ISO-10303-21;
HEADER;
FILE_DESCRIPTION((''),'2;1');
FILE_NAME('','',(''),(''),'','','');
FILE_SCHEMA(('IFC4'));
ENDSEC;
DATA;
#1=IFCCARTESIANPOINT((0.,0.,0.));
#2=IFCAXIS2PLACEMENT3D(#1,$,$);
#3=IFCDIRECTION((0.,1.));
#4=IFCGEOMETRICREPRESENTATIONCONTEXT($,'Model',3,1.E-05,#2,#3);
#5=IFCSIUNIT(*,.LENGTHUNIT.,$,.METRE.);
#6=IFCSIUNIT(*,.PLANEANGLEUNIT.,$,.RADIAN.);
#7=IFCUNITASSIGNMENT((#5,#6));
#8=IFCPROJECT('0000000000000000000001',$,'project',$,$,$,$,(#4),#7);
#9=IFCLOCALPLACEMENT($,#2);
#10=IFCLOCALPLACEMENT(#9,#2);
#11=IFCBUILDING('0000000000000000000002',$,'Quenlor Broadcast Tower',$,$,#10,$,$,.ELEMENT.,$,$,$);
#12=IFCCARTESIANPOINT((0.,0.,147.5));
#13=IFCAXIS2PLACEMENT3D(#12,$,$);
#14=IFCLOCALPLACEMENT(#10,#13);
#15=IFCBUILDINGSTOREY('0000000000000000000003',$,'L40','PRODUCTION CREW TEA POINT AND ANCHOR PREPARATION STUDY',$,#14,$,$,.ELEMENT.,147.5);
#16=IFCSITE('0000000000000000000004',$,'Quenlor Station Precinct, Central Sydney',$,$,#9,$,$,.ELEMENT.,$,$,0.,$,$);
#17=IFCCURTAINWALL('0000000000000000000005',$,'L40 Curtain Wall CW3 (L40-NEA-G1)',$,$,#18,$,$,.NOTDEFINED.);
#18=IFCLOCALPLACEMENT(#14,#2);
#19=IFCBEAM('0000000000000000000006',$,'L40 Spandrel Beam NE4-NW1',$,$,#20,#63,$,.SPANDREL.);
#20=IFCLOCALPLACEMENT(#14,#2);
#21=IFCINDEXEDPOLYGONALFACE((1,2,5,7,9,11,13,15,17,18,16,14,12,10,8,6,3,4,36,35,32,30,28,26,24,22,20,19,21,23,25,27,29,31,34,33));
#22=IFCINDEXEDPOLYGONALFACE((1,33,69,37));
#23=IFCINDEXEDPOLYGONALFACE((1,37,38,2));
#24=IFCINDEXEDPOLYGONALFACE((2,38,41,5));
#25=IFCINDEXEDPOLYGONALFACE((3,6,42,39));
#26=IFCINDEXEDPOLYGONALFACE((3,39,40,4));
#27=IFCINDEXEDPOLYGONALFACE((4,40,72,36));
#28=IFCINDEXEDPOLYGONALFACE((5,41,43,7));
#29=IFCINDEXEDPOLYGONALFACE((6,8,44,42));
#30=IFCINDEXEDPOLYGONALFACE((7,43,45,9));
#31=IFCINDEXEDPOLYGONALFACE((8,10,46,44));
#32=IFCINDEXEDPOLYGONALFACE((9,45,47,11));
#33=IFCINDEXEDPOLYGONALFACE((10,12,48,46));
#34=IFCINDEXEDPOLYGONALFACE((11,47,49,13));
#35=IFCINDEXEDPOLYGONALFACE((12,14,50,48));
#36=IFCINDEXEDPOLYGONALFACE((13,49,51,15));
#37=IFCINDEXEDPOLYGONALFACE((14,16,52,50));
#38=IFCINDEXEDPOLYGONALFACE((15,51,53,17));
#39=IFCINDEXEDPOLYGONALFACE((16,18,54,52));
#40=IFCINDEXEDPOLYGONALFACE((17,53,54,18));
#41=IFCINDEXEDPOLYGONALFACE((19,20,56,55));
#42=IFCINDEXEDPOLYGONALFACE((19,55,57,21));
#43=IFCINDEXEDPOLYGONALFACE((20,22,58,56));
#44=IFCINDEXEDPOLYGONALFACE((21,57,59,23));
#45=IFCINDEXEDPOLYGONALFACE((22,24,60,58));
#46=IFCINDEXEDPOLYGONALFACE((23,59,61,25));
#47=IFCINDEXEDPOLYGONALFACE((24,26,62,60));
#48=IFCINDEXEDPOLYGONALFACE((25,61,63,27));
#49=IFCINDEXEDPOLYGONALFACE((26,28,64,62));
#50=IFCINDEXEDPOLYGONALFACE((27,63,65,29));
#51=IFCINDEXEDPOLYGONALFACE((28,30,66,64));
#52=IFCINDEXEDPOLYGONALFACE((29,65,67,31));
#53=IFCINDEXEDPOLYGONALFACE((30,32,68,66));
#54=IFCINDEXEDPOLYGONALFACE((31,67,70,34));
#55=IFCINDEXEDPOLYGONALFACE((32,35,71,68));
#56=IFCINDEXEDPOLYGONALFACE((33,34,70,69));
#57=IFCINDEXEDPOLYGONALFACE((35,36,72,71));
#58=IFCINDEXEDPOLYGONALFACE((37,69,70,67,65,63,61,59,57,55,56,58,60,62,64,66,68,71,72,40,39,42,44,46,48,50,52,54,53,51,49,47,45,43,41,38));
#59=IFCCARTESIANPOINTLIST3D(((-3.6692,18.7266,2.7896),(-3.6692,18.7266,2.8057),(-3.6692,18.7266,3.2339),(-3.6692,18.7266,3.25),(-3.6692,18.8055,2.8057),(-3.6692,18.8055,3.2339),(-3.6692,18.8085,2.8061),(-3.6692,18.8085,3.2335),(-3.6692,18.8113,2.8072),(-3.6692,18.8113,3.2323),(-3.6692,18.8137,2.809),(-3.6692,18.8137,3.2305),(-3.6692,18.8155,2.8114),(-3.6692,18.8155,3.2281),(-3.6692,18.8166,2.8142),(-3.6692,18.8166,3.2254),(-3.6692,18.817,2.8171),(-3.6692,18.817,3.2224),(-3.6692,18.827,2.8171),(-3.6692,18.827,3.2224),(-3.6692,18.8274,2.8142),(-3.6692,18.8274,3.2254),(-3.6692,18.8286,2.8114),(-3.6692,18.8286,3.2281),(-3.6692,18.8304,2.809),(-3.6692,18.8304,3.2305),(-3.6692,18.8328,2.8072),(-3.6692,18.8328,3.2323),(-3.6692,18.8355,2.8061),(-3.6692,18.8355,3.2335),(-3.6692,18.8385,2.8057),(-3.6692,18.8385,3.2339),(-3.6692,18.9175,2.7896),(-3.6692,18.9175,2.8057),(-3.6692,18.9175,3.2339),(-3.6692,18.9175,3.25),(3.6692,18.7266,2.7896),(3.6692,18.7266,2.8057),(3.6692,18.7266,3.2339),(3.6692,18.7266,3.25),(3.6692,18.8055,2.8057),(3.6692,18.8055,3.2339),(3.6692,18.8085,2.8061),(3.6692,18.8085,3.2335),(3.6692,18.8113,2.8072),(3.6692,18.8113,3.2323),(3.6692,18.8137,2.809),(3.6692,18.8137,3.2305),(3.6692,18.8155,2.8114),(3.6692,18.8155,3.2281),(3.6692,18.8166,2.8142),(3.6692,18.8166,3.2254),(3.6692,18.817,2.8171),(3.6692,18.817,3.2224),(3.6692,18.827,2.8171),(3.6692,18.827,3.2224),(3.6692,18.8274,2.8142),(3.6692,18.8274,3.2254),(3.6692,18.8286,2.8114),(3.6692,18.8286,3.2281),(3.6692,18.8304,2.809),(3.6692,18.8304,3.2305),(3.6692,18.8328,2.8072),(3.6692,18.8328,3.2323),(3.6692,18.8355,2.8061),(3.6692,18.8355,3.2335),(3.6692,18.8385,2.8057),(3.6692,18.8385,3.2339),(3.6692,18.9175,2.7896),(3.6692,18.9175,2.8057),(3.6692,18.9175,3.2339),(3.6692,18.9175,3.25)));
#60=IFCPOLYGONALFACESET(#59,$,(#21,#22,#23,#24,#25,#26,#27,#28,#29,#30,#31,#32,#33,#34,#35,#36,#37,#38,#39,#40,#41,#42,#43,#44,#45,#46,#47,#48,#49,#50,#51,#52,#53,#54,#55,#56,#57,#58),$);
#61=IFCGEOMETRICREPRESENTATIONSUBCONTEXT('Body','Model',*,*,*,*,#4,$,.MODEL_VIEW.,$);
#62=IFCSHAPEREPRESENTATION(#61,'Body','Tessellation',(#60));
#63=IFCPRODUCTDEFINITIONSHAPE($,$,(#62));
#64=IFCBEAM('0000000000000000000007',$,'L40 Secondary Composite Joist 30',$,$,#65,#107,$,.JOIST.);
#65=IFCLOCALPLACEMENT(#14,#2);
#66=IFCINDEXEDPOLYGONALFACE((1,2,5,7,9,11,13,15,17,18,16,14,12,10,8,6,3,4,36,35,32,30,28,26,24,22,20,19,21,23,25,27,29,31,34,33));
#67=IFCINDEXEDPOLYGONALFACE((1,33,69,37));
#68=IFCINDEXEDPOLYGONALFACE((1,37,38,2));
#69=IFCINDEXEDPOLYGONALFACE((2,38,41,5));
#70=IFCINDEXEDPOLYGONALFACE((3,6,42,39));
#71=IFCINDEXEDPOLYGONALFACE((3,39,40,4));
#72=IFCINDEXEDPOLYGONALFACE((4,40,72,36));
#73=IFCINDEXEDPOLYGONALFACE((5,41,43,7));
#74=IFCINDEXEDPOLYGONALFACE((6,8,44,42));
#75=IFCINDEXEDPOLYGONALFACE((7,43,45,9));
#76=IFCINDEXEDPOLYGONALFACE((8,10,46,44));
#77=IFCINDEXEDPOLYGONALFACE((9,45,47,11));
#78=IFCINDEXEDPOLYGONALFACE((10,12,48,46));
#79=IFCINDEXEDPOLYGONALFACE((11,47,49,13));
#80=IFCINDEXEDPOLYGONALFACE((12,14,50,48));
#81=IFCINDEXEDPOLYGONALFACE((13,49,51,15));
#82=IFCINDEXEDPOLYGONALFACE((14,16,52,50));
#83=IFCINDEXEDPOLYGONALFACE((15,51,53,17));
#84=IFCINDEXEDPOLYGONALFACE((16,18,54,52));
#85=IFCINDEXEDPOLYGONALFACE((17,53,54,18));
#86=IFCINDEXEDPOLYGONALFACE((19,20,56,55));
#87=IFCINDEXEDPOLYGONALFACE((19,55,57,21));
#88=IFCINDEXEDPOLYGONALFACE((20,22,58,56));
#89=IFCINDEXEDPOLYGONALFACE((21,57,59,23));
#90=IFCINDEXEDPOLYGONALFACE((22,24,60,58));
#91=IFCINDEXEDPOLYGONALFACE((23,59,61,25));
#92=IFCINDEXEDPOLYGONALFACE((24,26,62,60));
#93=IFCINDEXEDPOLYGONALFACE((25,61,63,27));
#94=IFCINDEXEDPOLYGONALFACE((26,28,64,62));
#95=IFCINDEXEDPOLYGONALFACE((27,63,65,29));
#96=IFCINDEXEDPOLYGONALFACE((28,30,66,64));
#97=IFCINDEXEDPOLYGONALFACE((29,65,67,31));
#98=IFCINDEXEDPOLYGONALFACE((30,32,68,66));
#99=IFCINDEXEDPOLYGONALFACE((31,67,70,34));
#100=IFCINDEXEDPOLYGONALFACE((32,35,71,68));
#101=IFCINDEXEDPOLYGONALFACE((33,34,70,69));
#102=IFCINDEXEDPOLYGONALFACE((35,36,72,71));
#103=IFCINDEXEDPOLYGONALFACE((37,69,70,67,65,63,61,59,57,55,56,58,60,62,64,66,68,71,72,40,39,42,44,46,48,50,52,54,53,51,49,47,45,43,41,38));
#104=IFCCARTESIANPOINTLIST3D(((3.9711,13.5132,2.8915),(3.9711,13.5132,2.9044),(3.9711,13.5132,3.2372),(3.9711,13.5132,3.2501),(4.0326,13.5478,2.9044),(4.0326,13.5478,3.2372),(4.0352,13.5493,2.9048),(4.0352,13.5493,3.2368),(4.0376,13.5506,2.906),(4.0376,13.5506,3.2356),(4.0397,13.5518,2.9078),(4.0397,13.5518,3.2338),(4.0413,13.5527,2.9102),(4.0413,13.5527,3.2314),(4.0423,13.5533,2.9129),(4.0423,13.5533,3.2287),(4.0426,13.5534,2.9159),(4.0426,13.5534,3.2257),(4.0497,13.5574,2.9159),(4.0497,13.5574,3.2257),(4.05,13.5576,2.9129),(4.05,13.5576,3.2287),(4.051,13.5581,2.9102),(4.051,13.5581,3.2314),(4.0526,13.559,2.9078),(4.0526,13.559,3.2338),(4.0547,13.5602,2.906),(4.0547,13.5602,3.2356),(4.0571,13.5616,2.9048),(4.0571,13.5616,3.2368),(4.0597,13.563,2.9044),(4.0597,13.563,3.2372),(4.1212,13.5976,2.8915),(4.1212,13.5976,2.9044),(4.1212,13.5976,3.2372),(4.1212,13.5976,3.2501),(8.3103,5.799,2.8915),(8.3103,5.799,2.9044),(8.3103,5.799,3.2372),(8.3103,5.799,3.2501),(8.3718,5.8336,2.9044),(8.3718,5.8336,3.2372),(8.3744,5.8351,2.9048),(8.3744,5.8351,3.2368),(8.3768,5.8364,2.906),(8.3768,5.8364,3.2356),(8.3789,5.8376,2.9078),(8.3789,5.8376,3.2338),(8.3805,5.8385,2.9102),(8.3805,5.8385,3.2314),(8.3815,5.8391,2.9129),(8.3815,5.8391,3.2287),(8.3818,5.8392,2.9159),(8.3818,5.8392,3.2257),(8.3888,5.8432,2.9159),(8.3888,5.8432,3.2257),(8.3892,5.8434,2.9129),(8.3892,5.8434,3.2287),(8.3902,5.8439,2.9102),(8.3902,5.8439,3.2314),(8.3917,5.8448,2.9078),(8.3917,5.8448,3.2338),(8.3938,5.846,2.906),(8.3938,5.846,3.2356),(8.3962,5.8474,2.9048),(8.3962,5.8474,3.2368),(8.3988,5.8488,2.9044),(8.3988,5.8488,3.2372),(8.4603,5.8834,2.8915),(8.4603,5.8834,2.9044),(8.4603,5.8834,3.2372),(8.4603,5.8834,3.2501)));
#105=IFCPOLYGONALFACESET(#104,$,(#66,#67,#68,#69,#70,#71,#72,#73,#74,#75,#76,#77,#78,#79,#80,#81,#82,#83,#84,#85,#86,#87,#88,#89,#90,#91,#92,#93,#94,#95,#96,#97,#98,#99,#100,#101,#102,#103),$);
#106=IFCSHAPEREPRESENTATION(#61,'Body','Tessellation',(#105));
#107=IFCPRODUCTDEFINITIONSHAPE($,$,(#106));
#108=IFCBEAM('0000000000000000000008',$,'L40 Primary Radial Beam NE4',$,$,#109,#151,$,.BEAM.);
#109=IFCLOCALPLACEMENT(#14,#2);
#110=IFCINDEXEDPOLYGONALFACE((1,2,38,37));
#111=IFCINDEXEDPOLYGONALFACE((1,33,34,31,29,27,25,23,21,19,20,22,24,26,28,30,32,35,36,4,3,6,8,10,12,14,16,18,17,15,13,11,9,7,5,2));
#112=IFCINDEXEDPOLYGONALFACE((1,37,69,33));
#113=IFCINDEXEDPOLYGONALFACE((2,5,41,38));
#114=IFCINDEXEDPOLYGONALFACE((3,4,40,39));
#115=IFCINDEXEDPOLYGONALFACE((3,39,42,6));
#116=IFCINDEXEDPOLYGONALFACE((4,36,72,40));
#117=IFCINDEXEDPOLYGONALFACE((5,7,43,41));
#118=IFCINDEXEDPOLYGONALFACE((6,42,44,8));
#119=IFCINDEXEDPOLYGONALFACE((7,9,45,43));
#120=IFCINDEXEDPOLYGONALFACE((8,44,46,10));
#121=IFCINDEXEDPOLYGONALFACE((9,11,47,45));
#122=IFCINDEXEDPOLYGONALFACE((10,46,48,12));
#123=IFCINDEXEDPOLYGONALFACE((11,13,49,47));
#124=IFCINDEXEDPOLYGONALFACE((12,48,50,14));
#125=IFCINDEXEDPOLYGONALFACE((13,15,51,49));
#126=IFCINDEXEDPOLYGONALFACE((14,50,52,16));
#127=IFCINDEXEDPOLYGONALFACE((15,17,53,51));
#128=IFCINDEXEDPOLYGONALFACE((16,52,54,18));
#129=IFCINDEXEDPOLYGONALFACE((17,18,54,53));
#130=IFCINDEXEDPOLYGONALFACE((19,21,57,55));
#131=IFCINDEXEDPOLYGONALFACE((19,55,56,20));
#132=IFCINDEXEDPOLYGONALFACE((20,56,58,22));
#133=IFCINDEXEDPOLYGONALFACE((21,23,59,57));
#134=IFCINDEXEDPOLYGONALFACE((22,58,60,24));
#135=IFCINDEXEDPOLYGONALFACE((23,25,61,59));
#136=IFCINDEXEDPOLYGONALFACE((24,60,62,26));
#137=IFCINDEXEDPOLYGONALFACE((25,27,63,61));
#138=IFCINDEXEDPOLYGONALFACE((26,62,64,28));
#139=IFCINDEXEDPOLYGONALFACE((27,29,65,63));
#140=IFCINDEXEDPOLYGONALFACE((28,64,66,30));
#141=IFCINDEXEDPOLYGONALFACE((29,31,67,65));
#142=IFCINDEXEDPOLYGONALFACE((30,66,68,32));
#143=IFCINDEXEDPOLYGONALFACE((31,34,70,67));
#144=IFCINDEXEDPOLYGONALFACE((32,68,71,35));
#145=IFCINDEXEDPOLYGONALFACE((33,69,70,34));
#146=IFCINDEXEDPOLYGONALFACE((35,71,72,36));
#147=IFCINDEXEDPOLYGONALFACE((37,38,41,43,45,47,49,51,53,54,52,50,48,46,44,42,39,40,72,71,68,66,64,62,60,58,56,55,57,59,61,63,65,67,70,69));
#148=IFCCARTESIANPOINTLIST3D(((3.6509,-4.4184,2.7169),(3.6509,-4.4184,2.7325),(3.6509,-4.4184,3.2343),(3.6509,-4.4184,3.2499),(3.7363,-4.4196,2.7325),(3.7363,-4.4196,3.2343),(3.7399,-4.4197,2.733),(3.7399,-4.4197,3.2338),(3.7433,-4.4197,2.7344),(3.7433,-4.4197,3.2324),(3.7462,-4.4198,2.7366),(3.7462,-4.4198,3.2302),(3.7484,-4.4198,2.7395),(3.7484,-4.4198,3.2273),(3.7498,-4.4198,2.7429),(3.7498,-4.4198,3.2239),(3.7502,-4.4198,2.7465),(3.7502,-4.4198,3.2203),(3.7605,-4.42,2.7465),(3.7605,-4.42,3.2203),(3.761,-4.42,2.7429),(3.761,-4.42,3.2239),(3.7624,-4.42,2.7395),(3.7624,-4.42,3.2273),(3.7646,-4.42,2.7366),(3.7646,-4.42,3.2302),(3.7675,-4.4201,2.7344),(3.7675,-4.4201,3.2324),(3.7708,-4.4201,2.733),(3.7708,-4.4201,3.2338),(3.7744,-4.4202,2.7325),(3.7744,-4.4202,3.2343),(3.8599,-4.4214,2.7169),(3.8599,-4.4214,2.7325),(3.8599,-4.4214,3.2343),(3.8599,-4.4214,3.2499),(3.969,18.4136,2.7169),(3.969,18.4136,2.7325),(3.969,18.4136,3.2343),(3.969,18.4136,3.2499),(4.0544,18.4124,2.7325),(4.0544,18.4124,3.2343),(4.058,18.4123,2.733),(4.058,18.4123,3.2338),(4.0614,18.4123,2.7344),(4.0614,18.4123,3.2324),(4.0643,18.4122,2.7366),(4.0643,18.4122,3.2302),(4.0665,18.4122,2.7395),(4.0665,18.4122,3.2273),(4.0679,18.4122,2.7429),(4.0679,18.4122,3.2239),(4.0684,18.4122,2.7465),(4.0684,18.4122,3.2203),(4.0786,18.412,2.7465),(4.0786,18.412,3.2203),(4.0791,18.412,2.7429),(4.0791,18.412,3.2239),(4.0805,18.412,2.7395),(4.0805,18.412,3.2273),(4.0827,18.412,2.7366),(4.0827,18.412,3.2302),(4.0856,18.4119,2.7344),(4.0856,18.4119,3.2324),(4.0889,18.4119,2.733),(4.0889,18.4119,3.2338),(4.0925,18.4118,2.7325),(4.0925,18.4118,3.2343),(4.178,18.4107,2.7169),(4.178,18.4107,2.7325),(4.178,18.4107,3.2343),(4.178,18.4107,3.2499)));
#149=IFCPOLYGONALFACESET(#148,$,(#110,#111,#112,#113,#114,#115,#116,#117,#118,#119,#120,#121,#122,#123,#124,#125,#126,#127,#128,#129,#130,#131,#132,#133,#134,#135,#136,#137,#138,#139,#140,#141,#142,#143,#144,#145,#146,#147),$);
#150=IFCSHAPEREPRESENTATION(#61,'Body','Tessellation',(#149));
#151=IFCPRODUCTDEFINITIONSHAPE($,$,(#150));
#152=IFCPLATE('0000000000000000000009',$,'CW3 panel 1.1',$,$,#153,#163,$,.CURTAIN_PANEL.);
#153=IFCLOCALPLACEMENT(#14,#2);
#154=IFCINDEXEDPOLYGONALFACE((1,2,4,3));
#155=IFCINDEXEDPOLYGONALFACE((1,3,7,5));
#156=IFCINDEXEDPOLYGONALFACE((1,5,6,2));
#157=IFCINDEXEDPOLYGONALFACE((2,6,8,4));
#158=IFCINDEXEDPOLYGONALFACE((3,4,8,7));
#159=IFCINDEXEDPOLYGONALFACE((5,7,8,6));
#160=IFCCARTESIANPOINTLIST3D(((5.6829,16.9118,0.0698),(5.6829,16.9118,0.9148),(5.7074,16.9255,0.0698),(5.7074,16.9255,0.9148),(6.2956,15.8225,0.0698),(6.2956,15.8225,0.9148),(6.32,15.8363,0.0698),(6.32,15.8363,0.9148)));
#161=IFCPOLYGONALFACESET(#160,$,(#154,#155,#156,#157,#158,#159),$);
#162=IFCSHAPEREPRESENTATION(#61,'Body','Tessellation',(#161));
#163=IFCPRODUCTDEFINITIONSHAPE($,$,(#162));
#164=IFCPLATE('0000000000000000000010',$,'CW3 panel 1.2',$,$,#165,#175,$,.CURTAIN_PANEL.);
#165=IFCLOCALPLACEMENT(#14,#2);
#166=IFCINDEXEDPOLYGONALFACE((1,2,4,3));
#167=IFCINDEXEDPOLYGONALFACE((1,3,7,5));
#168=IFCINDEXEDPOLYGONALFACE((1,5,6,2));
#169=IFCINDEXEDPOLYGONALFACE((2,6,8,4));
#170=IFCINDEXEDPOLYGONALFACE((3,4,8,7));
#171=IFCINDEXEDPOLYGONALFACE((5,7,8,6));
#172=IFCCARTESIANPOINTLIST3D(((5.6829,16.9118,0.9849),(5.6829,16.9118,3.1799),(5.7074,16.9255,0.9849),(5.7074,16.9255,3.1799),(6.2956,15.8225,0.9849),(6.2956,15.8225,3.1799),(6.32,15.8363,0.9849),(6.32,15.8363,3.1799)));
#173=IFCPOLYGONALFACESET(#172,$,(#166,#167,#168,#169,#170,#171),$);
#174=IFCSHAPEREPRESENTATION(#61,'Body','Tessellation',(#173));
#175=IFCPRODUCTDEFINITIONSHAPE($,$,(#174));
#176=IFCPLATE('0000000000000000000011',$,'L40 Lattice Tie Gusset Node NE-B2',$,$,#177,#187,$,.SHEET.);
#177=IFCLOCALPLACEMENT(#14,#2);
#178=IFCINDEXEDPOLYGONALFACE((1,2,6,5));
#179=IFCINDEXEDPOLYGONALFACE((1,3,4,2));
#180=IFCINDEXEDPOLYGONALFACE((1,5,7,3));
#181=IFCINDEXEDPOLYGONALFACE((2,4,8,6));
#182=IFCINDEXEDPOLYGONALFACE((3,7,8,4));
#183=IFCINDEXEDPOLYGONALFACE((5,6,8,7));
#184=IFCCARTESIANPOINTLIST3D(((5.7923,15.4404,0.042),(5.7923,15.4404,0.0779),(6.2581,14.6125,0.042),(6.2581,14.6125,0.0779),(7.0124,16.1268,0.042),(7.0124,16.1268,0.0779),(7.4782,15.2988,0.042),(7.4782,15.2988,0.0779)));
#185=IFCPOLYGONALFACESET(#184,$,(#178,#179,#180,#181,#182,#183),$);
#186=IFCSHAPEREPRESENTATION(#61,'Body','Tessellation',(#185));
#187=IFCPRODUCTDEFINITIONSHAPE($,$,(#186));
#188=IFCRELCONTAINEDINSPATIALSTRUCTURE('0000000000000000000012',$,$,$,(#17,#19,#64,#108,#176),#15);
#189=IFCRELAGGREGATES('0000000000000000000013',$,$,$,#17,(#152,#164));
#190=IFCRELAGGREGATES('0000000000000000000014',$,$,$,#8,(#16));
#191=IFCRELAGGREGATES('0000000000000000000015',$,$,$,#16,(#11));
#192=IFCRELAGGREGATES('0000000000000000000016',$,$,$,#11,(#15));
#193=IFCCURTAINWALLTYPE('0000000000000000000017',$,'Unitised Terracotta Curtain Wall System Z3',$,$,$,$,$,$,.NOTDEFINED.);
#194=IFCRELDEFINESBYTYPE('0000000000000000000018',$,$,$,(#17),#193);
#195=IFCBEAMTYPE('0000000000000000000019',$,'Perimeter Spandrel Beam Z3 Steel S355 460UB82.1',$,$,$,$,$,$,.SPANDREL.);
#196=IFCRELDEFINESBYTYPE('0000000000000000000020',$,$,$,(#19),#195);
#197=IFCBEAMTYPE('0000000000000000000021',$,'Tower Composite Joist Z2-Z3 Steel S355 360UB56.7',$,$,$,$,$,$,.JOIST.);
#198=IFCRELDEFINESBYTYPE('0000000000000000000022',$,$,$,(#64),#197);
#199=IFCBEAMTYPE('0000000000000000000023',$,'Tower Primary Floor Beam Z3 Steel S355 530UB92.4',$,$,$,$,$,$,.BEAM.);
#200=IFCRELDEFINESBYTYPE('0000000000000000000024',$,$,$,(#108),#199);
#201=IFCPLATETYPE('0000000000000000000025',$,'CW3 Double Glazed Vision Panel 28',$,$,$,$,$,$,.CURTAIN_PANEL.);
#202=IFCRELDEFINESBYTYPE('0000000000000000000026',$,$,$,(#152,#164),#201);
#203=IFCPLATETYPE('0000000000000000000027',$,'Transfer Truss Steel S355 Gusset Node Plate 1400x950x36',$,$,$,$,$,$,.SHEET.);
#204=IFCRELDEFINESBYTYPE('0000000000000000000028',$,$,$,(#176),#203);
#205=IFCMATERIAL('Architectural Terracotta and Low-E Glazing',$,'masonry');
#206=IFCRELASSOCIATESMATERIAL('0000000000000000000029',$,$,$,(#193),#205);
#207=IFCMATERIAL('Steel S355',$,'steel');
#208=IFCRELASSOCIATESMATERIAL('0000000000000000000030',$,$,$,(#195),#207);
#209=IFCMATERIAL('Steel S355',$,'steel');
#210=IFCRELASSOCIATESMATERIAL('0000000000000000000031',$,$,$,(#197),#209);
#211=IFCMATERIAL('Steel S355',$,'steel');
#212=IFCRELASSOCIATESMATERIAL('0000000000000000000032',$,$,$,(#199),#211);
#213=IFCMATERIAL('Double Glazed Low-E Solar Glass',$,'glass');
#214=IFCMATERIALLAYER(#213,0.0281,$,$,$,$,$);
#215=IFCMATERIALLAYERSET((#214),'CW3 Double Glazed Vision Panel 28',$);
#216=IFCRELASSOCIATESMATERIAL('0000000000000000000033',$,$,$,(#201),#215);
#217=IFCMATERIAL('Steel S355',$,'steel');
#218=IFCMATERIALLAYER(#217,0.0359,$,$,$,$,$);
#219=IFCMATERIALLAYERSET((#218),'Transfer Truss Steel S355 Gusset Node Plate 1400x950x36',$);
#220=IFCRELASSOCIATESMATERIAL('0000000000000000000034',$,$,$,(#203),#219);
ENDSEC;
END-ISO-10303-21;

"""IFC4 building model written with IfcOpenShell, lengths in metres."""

from ifc_helpers import new_model, si_unit, direction, frame, origin, origin_2d, place, context, subcontext, project, spatial, rectangle, i_section, extrude, material, layer, layer_set, material_profile, profile_set, type_object, element, aggregate, save


model = new_model("IFC4")

# Units and contexts
model_context = context("Model", 3, precision=1e-05, world=origin(), true_north=direction((0.0, 1.0)))
body_context = subcontext(model_context, "Body", "Model", "MODEL_VIEW")
ifc_project = project(units=[si_unit("LENGTHUNIT", "METRE"), si_unit("PLANEANGLEUNIT", "RADIAN")], contexts=[model_context])

# Site, building, storey
site_placement = place(None, origin())
site = spatial("IfcSite", under=ifc_project, at=site_placement, Name="Quenlor Station Precinct, Central Sydney", CompositionType="ELEMENT", RefElevation=0.0)
building_placement = place(site_placement, origin())
building = spatial("IfcBuilding", under=site, at=building_placement, Name="Quenlor Broadcast Tower", CompositionType="ELEMENT")
storey_placement = place(building_placement, frame((0.0, 0.0, 147.5)))
storey = spatial("IfcBuildingStorey", under=building, at=storey_placement, Name="L40", Description="PRODUCTION CREW TEA POINT AND ANCHOR PREPARATION STUDY", CompositionType="ELEMENT", Elevation=147.5)

# Curtain wall
ifc_material_1 = material(Name="Architectural Terracotta and Low-E Glazing", Category="masonry")
curtain_wall_type = type_object("IfcCurtainWallType", Name="Unitised Terracotta Curtain Wall System Z3", PredefinedType="NOTDEFINED", material=ifc_material_1)
curtain_wall_1_placement = place(storey_placement, origin())
curtain_wall_1 = element("IfcCurtainWall", 1, at=curtain_wall_1_placement, inside=storey, type_object=curtain_wall_type, Name="L40 Curtain Wall CW3 (L40-NEA-G1)", PredefinedType="NOTDEFINED")

# Beams
ifc_material_2 = material(Name="Steel S355", Category="steel")
ifc_material_profile_1 = material_profile(ifc_material_2, i_section(OverallWidth=0.1909, OverallDepth=0.4604, WebThickness=0.01, FlangeThickness=0.0161, FilletRadius=0.0115, at=origin_2d()))
ifc_profile_set_1 = profile_set([ifc_material_profile_1], Name="Steel S355 460UB82.1")
beam_type_1 = type_object("IfcBeamType", Name="Perimeter Spandrel Beam Z3 Steel S355 460UB82.1", PredefinedType="SPANDREL", material=ifc_profile_set_1)
beam_1_placement = place(storey_placement, frame((3.6692, 18.822, 3.0198), z_axis=(-1.0, 0.0, 0.0), x_axis=(0.0, -1.0, 0.0)))
element("IfcBeam", 2, at=beam_1_placement, inside=storey, type_object=beam_type_1, Name="L40 Spandrel Beam NE4-NW1", PredefinedType="SPANDREL", context=body_context, shape_type="SweptSolid", body=[
    extrude(i_section(OverallWidth=0.1909, OverallDepth=0.4604, WebThickness=0.01, FlangeThickness=0.0161, FilletRadius=0.0115, at=origin_2d()), origin(), (0.0, 0.0, 1.0), 7.3384),
])
ifc_material_3 = material(Name="Steel S355", Category="steel")
ifc_material_profile_2 = material_profile(ifc_material_3, i_section(OverallWidth=0.1721, OverallDepth=0.3586, WebThickness=0.0081, FlangeThickness=0.0129, FilletRadius=0.0115, at=origin_2d()))
ifc_profile_set_2 = profile_set([ifc_material_profile_2], Name="Steel S355 360UB56.7")
beam_type_2 = type_object("IfcBeamType", Name="Tower Composite Joist Z2-Z3 Steel S355 360UB56.7", PredefinedType="JOIST", material=ifc_profile_set_2)
beam_2_placement = place(storey_placement, frame((4.0461, 13.5554, 3.0708), z_axis=(0.490255, -0.871579, 0.0), x_axis=(0.871579, 0.490255, 0.0)))
element("IfcBeam", 3, at=beam_2_placement, inside=storey, type_object=beam_type_2, Name="L40 Secondary Composite Joist 30", PredefinedType="JOIST", context=body_context, shape_type="SweptSolid", body=[
    extrude(i_section(OverallWidth=0.1721, OverallDepth=0.3586, WebThickness=0.0081, FlangeThickness=0.0129, FilletRadius=0.0115, at=origin_2d()), origin(), (0.0, 0.0, 1.0), 8.8508),
])
ifc_material_4 = material(Name="Steel S355", Category="steel")
ifc_material_profile_3 = material_profile(ifc_material_4, i_section(OverallWidth=0.209, OverallDepth=0.533, WebThickness=0.0103, FlangeThickness=0.0156, FilletRadius=0.0139, at=origin_2d()))
ifc_profile_set_3 = profile_set([ifc_material_profile_3], Name="Steel S355 530UB92.4")
beam_type_3 = type_object("IfcBeamType", Name="Tower Primary Floor Beam Z3 Steel S355 530UB92.4", PredefinedType="BEAM", material=ifc_profile_set_3)
beam_3_placement = place(storey_placement, frame((4.0735, 18.4121, 2.9834), z_axis=(-0.013931, -0.999903, 0.0), x_axis=(0.999903, -0.013931, 0.0)))
element("IfcBeam", 4, at=beam_3_placement, inside=storey, type_object=beam_type_3, Name="L40 Primary Radial Beam NE4", PredefinedType="BEAM", context=body_context, shape_type="SweptSolid", body=[
    extrude(i_section(OverallWidth=0.209, OverallDepth=0.533, WebThickness=0.0103, FlangeThickness=0.0156, FilletRadius=0.0139, at=origin_2d()), origin(), (0.0, 0.0, 1.0), 22.8342),
])

# Plates
ifc_material_5 = material(Name="Double Glazed Low-E Solar Glass", Category="glass")
ifc_layer_1 = layer(ifc_material_5, 0.0281)
ifc_layer_set_1 = layer_set([ifc_layer_1], Name="CW3 Double Glazed Vision Panel 28")
plate_type_1 = type_object("IfcPlateType", Name="CW3 Double Glazed Vision Panel 28", PredefinedType="CURTAIN_PANEL", material=ifc_layer_set_1)
plate_1_placement = place(storey_placement, frame((6.0015, 16.374, 0.0698), z_axis=(0.0, 0.0, 1.0), x_axis=(0.49023, -0.871593, 0.0)))
plate_1 = element("IfcPlate", 5, at=plate_1_placement, type_object=plate_type_1, Name="CW3 panel 1.1", PredefinedType="CURTAIN_PANEL", context=body_context, shape_type="SweptSolid", body=[
    extrude(rectangle(XDim=1.2498, YDim=0.0281, at=origin_2d()), origin(), (0.0, 0.0, 1.0), 0.845),
])
plate_2_placement = place(storey_placement, frame((6.0015, 16.374, 0.9849), z_axis=(0.0, 0.0, 1.0), x_axis=(0.49023, -0.871593, 0.0)))
plate_2 = element("IfcPlate", 6, at=plate_2_placement, type_object=plate_type_1, Name="CW3 panel 1.2", PredefinedType="CURTAIN_PANEL", context=body_context, shape_type="SweptSolid", body=[
    extrude(rectangle(XDim=1.2498, YDim=0.0281, at=origin_2d()), origin(), (0.0, 0.0, 1.0), 2.1951),
])
aggregate(curtain_wall_1, [plate_1, plate_2])

# Plate
ifc_material_6 = material(Name="Steel S355", Category="steel")
ifc_layer_2 = layer(ifc_material_6, 0.0359)
ifc_layer_set_2 = layer_set([ifc_layer_2], Name="Transfer Truss Steel S355 Gusset Node Plate 1400x950x36")
plate_type_2 = type_object("IfcPlateType", Name="Transfer Truss Steel S355 Gusset Node Plate 1400x950x36", PredefinedType="SHEET", material=ifc_layer_set_2)
for number, where, z_axis, x_axis, name in (
    (7, (6.6353, 15.3696, 0.042), (0.0, 0.0, 1.0), (0.871556, 0.490295, 0.0), "L40 Lattice Tie Gusset Node NE-B2"),
):
    element("IfcPlate", number, at=place(storey_placement, frame(where, z_axis=z_axis, x_axis=x_axis)), inside=storey, type_object=plate_type_2, Name=name, PredefinedType="SHEET", context=body_context, shape_type="SweptSolid", body=[
        extrude(rectangle(XDim=1.3999, YDim=0.95, at=origin_2d()), origin(), (0.0, 0.0, 1.0), 0.0359),
    ])

save(model, "model.ifc")
